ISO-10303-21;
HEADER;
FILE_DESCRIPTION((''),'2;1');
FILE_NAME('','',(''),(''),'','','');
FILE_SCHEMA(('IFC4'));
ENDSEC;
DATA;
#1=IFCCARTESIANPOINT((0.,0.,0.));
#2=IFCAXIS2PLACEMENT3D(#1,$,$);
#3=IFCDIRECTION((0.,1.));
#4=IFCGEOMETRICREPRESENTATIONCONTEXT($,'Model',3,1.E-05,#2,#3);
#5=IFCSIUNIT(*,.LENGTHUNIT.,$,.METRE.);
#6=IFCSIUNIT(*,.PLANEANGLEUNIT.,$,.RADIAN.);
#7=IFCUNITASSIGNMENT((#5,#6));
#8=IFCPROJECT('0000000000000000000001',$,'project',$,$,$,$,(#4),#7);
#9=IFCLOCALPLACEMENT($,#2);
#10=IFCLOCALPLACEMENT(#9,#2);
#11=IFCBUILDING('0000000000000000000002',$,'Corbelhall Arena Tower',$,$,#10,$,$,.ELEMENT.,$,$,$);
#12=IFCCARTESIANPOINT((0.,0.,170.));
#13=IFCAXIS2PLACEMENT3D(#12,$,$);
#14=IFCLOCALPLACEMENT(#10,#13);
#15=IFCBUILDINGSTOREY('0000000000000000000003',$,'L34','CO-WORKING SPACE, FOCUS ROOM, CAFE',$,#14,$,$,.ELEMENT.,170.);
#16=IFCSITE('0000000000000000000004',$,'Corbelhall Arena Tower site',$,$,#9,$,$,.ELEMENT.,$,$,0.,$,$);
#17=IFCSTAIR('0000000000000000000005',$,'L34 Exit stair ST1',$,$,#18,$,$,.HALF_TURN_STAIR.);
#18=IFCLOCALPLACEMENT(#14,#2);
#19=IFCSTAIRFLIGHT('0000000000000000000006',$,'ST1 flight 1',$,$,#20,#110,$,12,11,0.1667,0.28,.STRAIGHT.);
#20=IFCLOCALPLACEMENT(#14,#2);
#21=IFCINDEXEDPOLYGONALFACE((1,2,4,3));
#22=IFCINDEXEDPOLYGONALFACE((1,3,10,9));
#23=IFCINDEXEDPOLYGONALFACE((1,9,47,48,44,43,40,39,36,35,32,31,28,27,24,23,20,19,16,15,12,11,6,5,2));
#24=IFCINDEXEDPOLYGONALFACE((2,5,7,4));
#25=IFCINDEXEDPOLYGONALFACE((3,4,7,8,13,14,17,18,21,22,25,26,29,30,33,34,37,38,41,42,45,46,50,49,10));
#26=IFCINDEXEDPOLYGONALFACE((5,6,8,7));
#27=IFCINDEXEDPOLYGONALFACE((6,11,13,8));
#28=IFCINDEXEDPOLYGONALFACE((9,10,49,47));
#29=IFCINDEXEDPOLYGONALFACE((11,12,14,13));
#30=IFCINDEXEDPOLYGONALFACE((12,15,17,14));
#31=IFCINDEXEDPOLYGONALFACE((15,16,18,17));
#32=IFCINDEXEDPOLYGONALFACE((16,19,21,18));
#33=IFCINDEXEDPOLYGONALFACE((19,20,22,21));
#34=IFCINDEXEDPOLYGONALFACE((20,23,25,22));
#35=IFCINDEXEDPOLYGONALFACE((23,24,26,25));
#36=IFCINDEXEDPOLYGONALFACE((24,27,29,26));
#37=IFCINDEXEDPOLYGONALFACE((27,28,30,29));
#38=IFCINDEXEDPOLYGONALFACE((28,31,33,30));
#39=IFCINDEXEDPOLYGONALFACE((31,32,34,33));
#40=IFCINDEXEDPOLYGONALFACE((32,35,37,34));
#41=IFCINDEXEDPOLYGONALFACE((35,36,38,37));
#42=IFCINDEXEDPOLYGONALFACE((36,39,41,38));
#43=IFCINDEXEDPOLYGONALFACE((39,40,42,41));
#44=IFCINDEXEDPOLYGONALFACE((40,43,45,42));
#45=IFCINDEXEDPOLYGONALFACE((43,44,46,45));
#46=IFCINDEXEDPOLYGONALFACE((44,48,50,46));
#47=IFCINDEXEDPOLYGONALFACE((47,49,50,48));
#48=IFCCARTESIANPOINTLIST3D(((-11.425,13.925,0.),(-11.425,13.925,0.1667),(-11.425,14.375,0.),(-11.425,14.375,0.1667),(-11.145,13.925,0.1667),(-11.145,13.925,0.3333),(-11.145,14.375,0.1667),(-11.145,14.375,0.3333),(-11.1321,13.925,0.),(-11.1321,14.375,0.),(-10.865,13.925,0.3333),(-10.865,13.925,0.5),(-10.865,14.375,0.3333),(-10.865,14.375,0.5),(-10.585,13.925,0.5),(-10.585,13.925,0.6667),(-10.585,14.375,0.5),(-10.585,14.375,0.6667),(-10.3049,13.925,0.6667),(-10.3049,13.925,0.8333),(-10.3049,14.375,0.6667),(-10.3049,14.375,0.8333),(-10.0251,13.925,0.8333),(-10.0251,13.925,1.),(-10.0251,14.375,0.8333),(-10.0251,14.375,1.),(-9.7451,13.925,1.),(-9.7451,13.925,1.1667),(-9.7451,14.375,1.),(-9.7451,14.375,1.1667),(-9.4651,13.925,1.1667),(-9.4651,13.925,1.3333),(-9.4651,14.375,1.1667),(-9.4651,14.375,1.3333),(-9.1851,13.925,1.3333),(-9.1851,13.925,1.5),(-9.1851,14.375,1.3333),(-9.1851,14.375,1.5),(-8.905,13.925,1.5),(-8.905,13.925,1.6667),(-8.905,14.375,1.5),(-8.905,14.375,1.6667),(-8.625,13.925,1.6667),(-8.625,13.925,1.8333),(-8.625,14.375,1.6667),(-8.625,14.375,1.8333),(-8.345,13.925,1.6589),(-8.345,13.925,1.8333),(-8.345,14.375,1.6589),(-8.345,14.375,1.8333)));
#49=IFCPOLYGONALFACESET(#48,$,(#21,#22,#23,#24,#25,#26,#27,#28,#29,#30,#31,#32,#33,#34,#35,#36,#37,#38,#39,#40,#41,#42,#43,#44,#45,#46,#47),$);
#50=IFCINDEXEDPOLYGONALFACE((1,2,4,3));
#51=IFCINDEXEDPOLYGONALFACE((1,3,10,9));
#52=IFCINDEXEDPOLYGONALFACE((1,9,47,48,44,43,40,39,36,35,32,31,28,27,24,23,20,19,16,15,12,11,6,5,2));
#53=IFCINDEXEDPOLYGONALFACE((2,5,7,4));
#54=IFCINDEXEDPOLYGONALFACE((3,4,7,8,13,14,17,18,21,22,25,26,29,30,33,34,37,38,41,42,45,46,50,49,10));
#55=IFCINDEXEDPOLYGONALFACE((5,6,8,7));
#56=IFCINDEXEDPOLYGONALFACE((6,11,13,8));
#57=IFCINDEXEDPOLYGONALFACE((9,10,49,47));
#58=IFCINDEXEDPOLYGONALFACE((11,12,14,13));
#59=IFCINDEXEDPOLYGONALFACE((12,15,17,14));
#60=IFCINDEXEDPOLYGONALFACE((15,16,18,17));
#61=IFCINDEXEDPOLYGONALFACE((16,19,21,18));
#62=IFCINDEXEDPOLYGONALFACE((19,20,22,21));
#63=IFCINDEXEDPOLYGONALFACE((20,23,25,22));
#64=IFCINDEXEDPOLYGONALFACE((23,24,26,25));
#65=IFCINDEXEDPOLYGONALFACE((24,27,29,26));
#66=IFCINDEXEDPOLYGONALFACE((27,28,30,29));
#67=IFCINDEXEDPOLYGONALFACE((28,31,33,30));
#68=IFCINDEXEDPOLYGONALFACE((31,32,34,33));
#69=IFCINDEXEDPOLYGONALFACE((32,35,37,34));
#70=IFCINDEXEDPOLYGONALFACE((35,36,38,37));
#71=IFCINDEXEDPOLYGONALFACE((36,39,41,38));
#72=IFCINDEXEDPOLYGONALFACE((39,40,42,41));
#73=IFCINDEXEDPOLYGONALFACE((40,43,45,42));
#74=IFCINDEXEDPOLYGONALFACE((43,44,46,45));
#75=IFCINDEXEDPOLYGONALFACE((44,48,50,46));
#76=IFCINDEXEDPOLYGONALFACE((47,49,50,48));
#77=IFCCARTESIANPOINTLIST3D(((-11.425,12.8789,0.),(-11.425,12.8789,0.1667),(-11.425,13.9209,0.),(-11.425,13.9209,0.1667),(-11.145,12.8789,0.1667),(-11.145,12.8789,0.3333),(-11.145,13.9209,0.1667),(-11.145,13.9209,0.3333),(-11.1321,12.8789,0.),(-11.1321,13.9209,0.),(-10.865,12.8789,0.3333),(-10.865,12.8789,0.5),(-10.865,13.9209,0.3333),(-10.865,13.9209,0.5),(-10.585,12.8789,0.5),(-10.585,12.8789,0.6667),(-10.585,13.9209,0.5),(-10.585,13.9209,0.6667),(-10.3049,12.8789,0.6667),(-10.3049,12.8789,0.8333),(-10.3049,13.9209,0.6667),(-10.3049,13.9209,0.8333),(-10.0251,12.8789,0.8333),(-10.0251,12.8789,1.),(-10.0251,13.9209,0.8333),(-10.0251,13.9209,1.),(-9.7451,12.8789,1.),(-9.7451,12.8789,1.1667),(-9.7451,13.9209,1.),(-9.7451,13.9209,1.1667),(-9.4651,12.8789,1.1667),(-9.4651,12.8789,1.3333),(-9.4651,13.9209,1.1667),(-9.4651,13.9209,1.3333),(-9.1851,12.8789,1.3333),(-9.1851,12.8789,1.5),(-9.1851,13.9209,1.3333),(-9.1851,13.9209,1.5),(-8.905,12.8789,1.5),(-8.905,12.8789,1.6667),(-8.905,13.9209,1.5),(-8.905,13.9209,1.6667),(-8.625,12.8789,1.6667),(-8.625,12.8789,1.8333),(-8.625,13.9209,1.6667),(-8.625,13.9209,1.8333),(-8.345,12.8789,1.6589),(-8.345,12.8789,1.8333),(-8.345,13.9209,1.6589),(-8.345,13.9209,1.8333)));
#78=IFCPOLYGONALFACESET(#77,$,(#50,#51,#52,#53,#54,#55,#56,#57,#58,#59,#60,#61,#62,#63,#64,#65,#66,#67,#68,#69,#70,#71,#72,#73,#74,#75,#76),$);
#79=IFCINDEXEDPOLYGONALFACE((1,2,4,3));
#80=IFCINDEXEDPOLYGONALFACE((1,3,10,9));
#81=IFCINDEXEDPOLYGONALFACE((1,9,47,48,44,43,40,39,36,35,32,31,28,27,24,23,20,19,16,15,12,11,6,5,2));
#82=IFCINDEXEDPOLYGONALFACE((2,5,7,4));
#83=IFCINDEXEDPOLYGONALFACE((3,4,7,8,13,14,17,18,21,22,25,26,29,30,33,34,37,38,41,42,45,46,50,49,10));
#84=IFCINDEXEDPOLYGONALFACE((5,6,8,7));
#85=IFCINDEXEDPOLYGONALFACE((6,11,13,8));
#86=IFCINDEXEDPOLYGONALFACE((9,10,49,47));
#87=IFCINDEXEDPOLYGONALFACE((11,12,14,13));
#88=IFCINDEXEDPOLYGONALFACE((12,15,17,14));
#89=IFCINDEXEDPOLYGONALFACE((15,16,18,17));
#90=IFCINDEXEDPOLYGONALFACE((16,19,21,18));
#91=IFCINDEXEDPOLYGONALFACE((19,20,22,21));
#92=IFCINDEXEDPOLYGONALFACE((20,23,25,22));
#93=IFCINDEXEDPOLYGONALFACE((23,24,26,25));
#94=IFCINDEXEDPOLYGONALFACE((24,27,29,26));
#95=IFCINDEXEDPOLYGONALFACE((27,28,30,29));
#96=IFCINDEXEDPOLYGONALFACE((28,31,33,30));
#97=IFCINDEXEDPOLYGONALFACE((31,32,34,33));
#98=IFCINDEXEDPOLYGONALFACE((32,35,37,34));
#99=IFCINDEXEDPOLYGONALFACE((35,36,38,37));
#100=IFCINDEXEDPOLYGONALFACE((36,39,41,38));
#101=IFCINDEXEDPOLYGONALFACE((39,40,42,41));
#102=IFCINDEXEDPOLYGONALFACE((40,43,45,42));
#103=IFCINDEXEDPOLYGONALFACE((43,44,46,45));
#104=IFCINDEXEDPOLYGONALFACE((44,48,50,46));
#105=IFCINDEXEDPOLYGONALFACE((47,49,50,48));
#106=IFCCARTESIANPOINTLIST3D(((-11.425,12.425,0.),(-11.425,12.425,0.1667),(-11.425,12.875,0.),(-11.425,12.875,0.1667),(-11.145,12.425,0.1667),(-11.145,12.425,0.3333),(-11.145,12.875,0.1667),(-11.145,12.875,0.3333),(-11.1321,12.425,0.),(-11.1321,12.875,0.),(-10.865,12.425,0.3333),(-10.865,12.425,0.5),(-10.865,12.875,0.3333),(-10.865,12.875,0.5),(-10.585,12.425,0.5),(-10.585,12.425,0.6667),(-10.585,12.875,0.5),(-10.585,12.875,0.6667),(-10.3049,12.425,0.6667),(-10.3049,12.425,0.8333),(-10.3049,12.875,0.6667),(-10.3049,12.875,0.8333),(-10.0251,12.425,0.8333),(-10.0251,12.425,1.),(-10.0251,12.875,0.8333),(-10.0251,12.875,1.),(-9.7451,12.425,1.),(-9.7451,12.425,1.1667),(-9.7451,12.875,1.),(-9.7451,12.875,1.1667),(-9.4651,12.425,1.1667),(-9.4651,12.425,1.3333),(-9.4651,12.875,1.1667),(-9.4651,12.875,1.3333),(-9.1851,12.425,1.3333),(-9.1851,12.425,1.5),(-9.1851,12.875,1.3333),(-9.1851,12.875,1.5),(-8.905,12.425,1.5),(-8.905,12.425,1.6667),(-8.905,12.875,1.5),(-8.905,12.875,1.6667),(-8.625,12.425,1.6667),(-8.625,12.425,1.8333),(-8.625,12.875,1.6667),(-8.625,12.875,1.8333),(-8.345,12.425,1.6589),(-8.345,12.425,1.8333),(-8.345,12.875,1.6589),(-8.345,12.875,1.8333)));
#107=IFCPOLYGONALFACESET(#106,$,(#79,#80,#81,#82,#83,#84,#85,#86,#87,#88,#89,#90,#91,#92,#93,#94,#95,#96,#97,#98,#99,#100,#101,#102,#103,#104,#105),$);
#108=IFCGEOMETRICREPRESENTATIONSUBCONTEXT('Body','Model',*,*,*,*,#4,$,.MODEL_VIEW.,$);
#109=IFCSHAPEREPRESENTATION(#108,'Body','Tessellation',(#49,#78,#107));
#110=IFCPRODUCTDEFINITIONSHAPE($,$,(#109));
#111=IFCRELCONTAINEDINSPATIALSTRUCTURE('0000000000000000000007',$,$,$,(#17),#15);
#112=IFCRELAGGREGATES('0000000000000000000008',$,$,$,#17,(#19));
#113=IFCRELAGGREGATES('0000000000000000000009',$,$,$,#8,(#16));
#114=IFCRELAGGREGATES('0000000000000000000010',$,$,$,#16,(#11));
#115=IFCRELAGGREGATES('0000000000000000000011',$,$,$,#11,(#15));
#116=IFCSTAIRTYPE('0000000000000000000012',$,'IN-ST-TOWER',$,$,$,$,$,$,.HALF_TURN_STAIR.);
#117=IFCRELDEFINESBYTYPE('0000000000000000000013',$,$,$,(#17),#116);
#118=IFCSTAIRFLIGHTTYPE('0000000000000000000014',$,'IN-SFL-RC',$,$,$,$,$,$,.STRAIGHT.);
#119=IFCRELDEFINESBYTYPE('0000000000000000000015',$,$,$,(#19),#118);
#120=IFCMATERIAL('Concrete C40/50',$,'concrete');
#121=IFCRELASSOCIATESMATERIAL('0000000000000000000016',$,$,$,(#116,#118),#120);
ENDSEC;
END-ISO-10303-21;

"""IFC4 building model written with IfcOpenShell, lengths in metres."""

from ifc_helpers import new_model, si_unit, direction, frame, origin, place, context, subcontext, project, spatial, polyline, outline, extrude, material, type_object, element, aggregate, save


model = new_model("IFC4")

# Units and contexts
model_context = context("Model", 3, precision=1e-05, world=origin(), true_north=direction((0.0, 1.0)))
body_context = subcontext(model_context, "Body", "Model", "MODEL_VIEW")
ifc_project = project(units=[si_unit("LENGTHUNIT", "METRE"), si_unit("PLANEANGLEUNIT", "RADIAN")], contexts=[model_context])

# Site, building, storey
site_placement = place(None, origin())
site = spatial("IfcSite", under=ifc_project, at=site_placement, Name="Corbelhall Arena Tower site", CompositionType="ELEMENT", RefElevation=0.0)
building_placement = place(site_placement, origin())
building = spatial("IfcBuilding", under=site, at=building_placement, Name="Corbelhall Arena Tower", CompositionType="ELEMENT")
storey_placement = place(building_placement, frame((0.0, 0.0, 170.0)))
storey = spatial("IfcBuildingStorey", under=building, at=storey_placement, Name="L34", Description="CO-WORKING SPACE, FOCUS ROOM, CAFE", CompositionType="ELEMENT", Elevation=170.0)

# Shared definitions
ifc_material_1 = material(Name="Concrete C40/50", Category="concrete")

# Stair, stair flight
stair_type = type_object("IfcStairType", Name="IN-ST-TOWER", PredefinedType="HALF_TURN_STAIR", material=ifc_material_1)
stair_placement = place(storey_placement, origin())
stair = element("IfcStair", 1, at=stair_placement, inside=storey, type_object=stair_type, Name="L34 Exit stair ST1", PredefinedType="HALF_TURN_STAIR")
stair_flight_type = type_object("IfcStairFlightType", Name="IN-SFL-RC", PredefinedType="STRAIGHT", material=ifc_material_1)
stair_flight_placement = place(storey_placement, frame((-11.425, 13.3999, 0.0), z_axis=(0.0, 0.0, 1.0), x_axis=(1.0, 0.0, 0.0)))
stair_flight = element("IfcStairFlight", 2, at=stair_flight_placement, type_object=stair_flight_type, Name="ST1 flight 1", NumberOfRisers=12, NumberOfTreads=11, PredefinedType="STRAIGHT", RiserHeight=0.1667, TreadLength=0.28, context=body_context, shape_type="SweptSolid", body=[
    extrude(outline(polyline([(0.0, 0.0), (0.0, 0.1667), (0.28, 0.1667), (0.28, 0.3333), (0.5601, 0.3333), (0.5601, 0.5), (0.8401, 0.5), (0.8401, 0.6667), (1.1201, 0.6667), (1.1201, 0.8333), (1.3999, 0.8333), (1.3999, 1.0), (1.6799, 1.0), (1.6799, 1.1667), (1.96, 1.1667), (1.96, 1.3333), (2.24, 1.3333), (2.24, 1.5), (2.52, 1.5), (2.52, 1.6667), (2.8, 1.6667), (2.8, 1.8333), (3.0801, 1.8333), (3.0801, 2.0), (3.0801, 1.6589), (0.293, 0.0), (0.0, 0.0)])), frame((0.0, 0.9751, 0.0), z_axis=(0.0, -1.0, 0.0), x_axis=(1.0, 0.0, 0.0)), (0.0, 0.0, 1.0), 0.45),
    extrude(outline(polyline([(0.0, 0.0), (0.0, 0.1667), (0.28, 0.1667), (0.28, 0.3333), (0.5601, 0.3333), (0.5601, 0.5), (0.8401, 0.5), (0.8401, 0.6667), (1.1201, 0.6667), (1.1201, 0.8333), (1.3999, 0.8333), (1.3999, 1.0), (1.6799, 1.0), (1.6799, 1.1667), (1.96, 1.1667), (1.96, 1.3333), (2.24, 1.3333), (2.24, 1.5), (2.52, 1.5), (2.52, 1.6667), (2.8, 1.6667), (2.8, 1.8333), (3.0801, 1.8333), (3.0801, 2.0), (3.0801, 1.6589), (0.293, 0.0), (0.0, 0.0)])), frame((0.0, 0.521, 0.0), z_axis=(0.0, -1.0, 0.0), x_axis=(1.0, 0.0, 0.0)), (0.0, 0.0, 1.0), 1.042),
    extrude(outline(polyline([(0.0, 0.0), (0.0, 0.1667), (0.28, 0.1667), (0.28, 0.3333), (0.5601, 0.3333), (0.5601, 0.5), (0.8401, 0.5), (0.8401, 0.6667), (1.1201, 0.6667), (1.1201, 0.8333), (1.3999, 0.8333), (1.3999, 1.0), (1.6799, 1.0), (1.6799, 1.1667), (1.96, 1.1667), (1.96, 1.3333), (2.24, 1.3333), (2.24, 1.5), (2.52, 1.5), (2.52, 1.6667), (2.8, 1.6667), (2.8, 1.8333), (3.0801, 1.8333), (3.0801, 2.0), (3.0801, 1.6589), (0.293, 0.0), (0.0, 0.0)])), frame((0.0, -0.5249, 0.0), z_axis=(0.0, -1.0, 0.0), x_axis=(1.0, 0.0, 0.0)), (0.0, 0.0, 1.0), 0.45),
])
aggregate(stair, [stair_flight])

save(model, "model.ifc")
